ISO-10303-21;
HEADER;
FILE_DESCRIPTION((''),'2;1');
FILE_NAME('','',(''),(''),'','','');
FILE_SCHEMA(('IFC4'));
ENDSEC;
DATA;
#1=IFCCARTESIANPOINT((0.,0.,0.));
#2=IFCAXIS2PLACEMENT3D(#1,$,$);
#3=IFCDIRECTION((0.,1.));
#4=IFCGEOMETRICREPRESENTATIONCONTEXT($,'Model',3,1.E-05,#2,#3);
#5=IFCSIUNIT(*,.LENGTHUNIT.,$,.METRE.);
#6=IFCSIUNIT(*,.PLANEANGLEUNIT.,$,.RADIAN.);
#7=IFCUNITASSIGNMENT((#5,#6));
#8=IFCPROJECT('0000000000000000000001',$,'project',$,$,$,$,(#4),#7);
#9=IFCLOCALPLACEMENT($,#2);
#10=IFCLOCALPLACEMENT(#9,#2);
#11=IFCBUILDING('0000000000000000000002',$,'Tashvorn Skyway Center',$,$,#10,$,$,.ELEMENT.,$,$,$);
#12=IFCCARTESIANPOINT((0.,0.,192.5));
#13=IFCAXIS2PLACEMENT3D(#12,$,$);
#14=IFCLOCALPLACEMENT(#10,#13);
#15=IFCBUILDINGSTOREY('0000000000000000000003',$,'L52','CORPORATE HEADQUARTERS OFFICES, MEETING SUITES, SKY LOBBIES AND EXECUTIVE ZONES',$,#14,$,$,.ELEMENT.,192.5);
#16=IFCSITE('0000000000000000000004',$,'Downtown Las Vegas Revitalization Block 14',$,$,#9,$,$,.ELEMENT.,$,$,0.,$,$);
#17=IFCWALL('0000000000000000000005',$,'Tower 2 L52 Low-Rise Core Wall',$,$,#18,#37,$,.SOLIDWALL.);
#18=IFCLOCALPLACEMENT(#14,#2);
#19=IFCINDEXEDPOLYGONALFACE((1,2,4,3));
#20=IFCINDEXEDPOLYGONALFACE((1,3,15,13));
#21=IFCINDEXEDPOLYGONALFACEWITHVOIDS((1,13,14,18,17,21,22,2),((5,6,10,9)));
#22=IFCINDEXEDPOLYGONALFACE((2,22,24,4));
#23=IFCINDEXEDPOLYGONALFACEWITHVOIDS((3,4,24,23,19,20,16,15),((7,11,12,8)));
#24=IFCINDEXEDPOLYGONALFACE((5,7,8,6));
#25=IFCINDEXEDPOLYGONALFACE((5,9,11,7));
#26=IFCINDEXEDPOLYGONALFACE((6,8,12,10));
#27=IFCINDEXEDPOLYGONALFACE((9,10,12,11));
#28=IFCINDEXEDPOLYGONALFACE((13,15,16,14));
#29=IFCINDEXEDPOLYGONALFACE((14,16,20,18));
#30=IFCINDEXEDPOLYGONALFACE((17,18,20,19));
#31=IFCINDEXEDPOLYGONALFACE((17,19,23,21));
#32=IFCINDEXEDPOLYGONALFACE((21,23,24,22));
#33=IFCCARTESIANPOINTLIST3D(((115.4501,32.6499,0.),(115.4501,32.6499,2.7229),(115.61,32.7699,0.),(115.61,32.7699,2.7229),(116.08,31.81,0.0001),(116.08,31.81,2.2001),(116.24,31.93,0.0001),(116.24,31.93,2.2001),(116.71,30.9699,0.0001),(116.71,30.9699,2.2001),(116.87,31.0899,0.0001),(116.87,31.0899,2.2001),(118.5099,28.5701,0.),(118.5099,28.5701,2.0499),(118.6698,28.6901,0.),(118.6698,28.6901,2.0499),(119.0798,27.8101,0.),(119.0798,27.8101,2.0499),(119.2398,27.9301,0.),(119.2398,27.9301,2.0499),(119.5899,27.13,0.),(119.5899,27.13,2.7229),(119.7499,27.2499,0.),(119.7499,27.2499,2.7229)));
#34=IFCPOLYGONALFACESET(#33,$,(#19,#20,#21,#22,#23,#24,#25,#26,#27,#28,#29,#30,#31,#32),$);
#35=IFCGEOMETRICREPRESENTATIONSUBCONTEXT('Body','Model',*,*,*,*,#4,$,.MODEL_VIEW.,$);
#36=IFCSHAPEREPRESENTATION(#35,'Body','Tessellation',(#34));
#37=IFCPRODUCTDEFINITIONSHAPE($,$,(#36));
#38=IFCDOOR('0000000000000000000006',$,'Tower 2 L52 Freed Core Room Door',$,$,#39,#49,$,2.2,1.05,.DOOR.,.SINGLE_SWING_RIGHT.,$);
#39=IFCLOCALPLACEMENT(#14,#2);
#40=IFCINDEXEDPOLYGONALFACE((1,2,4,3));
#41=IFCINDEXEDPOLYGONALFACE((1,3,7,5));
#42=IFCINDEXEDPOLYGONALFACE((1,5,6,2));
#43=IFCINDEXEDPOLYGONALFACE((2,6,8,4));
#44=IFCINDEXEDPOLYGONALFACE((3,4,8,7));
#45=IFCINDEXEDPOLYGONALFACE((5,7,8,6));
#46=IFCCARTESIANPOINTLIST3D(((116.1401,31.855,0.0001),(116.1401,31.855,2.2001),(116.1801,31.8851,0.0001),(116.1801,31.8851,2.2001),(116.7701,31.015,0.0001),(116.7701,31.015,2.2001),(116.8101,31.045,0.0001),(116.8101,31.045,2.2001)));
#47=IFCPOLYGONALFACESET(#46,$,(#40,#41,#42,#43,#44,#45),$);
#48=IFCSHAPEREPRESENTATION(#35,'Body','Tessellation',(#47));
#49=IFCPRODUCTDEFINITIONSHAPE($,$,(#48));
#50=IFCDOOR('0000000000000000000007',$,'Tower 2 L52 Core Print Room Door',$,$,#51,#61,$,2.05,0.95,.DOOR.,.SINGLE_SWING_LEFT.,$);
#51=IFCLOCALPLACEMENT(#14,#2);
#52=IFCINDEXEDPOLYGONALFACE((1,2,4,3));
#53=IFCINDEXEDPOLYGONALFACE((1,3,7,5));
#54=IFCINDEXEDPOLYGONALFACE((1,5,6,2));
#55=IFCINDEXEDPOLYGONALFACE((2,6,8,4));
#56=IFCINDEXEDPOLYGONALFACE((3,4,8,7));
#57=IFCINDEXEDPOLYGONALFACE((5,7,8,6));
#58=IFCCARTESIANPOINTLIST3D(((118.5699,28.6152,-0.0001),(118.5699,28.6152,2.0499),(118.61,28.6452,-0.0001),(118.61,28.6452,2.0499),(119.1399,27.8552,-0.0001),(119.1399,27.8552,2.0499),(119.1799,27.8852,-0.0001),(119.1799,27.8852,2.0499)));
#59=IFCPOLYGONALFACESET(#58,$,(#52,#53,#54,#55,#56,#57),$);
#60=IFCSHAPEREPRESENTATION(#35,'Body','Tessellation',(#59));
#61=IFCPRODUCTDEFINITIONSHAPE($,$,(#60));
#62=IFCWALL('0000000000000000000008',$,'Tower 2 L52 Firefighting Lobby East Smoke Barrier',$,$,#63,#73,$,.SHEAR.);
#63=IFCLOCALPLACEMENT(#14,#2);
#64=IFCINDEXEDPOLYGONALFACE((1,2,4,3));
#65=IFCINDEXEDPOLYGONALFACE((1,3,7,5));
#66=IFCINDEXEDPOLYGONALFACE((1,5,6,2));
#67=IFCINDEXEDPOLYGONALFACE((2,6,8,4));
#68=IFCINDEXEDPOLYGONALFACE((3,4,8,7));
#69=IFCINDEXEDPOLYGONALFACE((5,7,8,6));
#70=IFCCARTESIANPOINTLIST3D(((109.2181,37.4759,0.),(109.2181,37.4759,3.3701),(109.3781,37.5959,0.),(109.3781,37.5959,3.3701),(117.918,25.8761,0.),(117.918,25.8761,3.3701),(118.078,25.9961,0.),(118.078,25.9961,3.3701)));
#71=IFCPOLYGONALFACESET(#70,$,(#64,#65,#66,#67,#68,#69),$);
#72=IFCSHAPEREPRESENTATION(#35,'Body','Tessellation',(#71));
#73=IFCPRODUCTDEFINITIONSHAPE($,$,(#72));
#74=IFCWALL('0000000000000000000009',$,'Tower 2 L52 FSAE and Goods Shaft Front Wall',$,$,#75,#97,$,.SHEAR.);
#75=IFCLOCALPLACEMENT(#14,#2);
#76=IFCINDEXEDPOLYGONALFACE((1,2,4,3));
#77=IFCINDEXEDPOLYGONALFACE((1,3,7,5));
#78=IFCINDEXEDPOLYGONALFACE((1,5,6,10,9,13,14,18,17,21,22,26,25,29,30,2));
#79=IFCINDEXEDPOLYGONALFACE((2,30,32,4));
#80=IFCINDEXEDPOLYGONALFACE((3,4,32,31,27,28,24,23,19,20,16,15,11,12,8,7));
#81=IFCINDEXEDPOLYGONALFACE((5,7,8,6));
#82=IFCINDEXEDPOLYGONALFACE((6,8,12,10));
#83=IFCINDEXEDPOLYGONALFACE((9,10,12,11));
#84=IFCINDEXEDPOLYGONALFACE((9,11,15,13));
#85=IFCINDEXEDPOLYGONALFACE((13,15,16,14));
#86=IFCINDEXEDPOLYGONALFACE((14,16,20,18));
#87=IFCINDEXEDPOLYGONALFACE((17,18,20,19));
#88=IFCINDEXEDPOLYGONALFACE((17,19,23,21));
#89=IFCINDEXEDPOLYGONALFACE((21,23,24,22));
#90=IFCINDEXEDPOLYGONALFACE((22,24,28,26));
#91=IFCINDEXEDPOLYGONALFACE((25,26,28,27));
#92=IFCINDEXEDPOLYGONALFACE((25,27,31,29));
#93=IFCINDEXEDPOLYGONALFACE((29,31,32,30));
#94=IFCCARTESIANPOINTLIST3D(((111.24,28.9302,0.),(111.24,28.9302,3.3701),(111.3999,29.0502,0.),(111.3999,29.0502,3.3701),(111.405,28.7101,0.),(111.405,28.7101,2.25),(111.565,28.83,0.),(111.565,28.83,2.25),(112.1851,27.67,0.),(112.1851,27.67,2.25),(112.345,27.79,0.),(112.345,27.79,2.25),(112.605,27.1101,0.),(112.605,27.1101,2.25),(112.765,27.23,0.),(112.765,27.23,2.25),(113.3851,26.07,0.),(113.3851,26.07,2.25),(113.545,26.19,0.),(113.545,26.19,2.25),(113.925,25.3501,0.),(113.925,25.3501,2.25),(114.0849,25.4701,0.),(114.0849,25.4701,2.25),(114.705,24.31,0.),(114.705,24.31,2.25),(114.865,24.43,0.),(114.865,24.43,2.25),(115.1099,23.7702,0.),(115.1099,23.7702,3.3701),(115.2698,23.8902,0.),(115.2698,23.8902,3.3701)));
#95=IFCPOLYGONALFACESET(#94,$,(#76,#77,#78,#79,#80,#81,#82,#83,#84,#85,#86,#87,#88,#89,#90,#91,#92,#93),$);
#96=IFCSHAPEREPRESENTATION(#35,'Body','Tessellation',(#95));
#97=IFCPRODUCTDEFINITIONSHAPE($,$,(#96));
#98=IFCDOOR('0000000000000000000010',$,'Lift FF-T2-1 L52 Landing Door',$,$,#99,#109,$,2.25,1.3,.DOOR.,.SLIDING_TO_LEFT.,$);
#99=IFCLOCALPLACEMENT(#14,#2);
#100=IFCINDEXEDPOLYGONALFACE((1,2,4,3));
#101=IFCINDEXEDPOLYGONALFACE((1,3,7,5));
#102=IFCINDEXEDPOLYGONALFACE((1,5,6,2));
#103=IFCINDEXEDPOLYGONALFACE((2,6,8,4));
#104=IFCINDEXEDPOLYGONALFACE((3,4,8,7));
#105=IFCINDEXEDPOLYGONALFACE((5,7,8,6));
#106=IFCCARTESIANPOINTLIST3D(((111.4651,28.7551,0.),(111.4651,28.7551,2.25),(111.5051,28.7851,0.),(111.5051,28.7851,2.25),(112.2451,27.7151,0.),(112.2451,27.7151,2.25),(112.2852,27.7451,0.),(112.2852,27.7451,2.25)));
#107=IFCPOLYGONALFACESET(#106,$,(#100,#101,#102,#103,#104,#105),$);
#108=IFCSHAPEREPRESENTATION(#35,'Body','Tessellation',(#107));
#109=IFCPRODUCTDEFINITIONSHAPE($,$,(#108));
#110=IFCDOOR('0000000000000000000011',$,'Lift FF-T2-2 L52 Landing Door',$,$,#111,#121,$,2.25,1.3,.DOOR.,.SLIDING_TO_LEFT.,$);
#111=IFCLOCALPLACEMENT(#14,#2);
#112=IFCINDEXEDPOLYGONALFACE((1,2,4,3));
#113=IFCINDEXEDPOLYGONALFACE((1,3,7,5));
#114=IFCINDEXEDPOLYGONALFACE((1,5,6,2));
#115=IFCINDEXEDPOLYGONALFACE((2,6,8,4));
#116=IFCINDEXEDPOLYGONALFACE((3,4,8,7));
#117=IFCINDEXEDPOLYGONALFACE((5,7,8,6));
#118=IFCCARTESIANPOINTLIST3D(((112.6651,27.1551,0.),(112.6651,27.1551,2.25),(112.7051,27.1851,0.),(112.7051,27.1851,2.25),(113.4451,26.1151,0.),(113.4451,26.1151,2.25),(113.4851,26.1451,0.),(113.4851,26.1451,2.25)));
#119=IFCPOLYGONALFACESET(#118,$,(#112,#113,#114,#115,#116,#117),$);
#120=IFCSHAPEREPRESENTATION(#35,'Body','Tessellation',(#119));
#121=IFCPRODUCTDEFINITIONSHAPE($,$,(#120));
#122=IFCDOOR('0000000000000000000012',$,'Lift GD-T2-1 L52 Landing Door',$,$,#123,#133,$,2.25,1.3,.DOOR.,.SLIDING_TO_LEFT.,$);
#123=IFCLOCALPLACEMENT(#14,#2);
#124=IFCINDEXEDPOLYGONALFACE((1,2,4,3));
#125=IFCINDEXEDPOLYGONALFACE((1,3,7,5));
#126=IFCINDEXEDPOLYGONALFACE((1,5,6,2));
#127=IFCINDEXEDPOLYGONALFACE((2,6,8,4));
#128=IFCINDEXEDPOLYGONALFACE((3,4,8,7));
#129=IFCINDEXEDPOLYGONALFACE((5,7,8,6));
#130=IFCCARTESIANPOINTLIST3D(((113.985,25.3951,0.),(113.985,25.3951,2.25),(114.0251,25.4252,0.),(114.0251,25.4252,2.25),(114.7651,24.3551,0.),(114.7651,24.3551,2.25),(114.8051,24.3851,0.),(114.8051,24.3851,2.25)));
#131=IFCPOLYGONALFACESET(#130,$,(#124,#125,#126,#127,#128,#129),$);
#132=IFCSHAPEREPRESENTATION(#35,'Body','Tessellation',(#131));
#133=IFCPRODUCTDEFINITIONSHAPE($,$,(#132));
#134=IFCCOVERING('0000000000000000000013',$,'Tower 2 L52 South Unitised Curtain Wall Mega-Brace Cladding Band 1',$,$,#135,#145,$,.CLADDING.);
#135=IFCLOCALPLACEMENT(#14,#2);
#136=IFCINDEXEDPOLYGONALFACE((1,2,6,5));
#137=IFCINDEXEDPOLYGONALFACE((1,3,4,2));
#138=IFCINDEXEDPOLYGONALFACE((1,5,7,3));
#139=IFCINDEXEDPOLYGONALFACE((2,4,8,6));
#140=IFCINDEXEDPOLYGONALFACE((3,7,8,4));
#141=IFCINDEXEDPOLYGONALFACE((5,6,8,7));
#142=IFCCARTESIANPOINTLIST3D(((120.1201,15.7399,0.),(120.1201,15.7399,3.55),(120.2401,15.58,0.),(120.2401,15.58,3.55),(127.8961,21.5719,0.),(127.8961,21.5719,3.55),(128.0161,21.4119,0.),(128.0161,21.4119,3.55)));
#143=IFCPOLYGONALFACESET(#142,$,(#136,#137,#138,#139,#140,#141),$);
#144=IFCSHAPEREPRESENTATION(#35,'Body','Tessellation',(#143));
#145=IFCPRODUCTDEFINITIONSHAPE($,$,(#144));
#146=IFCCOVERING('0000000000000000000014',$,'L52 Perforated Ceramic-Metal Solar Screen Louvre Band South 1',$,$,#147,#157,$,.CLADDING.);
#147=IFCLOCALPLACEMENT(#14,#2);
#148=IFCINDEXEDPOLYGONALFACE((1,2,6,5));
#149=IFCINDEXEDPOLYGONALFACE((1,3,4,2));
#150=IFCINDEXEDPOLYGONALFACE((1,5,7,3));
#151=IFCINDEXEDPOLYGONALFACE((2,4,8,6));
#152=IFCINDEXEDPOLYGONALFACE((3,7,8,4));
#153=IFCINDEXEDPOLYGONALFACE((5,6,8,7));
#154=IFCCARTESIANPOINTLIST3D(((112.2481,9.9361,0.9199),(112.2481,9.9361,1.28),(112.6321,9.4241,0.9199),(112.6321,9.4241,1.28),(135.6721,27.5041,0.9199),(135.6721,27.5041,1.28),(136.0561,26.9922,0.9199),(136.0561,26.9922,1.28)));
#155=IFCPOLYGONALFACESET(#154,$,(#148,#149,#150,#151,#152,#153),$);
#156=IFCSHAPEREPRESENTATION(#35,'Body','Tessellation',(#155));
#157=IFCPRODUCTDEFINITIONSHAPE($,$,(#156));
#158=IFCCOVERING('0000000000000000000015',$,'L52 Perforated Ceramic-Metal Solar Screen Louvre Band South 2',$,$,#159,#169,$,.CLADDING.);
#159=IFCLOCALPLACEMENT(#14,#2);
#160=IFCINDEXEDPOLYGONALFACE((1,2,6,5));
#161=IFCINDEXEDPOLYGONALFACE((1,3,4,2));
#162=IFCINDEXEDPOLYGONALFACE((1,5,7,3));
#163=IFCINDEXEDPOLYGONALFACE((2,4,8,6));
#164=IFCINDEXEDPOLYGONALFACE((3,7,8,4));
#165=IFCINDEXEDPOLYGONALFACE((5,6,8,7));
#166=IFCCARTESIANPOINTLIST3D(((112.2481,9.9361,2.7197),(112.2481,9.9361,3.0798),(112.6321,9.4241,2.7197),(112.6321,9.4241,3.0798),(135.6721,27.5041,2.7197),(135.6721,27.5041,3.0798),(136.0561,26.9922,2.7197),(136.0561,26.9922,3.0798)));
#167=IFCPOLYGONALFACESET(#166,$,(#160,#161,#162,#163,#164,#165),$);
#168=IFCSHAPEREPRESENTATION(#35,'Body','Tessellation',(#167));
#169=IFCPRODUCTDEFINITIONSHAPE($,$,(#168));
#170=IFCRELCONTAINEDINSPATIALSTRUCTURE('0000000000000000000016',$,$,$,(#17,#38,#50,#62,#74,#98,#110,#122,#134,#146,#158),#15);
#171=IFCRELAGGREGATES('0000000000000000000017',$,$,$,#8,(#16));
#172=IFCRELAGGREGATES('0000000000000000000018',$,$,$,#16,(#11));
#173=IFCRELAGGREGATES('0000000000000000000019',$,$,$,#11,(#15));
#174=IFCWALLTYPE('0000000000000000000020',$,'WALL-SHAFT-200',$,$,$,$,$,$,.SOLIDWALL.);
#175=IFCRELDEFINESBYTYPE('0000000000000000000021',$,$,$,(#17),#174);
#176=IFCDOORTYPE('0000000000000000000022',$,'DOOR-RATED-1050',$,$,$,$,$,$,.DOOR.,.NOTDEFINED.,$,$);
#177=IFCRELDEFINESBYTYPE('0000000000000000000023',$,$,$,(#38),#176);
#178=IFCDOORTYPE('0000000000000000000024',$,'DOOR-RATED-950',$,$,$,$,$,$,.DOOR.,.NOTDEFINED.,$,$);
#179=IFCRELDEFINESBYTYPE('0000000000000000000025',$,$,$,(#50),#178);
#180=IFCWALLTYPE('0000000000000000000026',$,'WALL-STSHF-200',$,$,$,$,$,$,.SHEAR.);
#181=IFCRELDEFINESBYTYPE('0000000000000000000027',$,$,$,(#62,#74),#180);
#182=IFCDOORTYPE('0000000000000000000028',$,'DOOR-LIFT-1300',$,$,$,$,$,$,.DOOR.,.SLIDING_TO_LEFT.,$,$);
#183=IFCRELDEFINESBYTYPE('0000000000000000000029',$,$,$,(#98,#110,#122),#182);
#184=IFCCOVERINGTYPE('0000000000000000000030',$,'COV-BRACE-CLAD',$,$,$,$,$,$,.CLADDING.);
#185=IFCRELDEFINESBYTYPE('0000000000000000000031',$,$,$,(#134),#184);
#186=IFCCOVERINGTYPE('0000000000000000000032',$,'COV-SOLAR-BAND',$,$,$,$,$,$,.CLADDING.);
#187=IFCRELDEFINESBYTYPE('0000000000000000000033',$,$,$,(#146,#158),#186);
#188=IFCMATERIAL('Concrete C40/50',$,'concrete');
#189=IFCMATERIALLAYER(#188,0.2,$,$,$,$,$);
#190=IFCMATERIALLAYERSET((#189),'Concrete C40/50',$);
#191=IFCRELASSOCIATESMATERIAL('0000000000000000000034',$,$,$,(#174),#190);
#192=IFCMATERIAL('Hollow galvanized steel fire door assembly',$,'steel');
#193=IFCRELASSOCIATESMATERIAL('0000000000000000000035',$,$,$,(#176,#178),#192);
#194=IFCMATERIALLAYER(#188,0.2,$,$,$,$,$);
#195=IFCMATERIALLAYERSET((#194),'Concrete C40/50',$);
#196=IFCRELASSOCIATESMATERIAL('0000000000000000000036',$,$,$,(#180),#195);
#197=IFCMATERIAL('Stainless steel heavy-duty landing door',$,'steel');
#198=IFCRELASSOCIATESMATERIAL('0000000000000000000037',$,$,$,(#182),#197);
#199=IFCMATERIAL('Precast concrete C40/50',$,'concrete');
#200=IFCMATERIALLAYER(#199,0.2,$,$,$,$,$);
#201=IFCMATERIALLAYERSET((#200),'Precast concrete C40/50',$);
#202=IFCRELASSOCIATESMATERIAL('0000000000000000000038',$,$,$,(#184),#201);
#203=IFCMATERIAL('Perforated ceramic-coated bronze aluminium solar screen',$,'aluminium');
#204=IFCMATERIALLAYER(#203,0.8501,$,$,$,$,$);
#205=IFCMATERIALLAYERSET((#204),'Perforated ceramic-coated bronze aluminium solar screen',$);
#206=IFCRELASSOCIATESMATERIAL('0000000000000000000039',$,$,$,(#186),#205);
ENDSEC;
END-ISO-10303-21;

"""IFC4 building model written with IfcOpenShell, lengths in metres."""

from ifc_helpers import new_model, si_unit, direction, frame, frame_2d, origin, origin_2d, place, context, subcontext, project, spatial, rectangle, extrude, material, layer, layer_set, type_object, element, fill, save


model = new_model("IFC4")

# Units and contexts
model_context = context("Model", 3, precision=1e-05, world=origin(), true_north=direction((0.0, 1.0)))
body_context = subcontext(model_context, "Body", "Model", "MODEL_VIEW")
ifc_project = project(units=[si_unit("LENGTHUNIT", "METRE"), si_unit("PLANEANGLEUNIT", "RADIAN")], contexts=[model_context])

# Site, building, storey
site_placement = place(None, origin())
site = spatial("IfcSite", under=ifc_project, at=site_placement, Name="Downtown Las Vegas Revitalization Block 14", CompositionType="ELEMENT", RefElevation=0.0)
building_placement = place(site_placement, origin())
building = spatial("IfcBuilding", under=site, at=building_placement, Name="Tashvorn Skyway Center", CompositionType="ELEMENT")
storey_placement = place(building_placement, frame((0.0, 0.0, 192.5)))
storey = spatial("IfcBuildingStorey", under=building, at=storey_placement, Name="L52", Description="CORPORATE HEADQUARTERS OFFICES, MEETING SUITES, SKY LOBBIES AND EXECUTIVE ZONES", CompositionType="ELEMENT", Elevation=192.5)

# Shared definitions
ifc_material_1 = material(Name="Precast concrete C40/50", Category="concrete")

# Shared definitions
ifc_material_2 = material(Name="Concrete C40/50", Category="concrete")
ifc_material_3 = material(Name="Hollow galvanized steel fire door assembly", Category="steel")

# Wall, openings, doors
ifc_layer_1 = layer(ifc_material_2, 0.2)
ifc_layer_set_1 = layer_set([ifc_layer_1], Name="Concrete C40/50")
wall_type_1 = type_object("IfcWallType", Name="WALL-SHAFT-200", PredefinedType="SOLIDWALL", material=ifc_layer_set_1)
wall_1_placement = place(storey_placement, frame((119.6699, 27.1899, 0.0), z_axis=(0.0, 0.0, 1.0), x_axis=(-0.599989, 0.800008, 0.0)))
wall_1 = element("IfcWall", 1, at=wall_1_placement, inside=storey, type_object=wall_type_1, Name="Tower 2 L52 Low-Rise Core Wall", PredefinedType="SOLIDWALL", context=body_context, shape_type="SweptSolid", body=[
    extrude(rectangle(XDim=6.8999, YDim=0.2, at=frame_2d((3.45, 0.0))), origin(), (0.0, 0.0, 1.0), 2.7229),
])
opening_1_placement = place(wall_1_placement, frame((0.8501, 0.0, 0.0)))
opening_1 = element("IfcOpeningElement", 2, at=opening_1_placement, cuts=wall_1, PredefinedType="OPENING", context=body_context, shape_type="SweptSolid", body=[
    extrude(rectangle(XDim=0.95, YDim=2.05, at=frame_2d((0.4751, 1.0249))), frame((0.0, 0.1099, 0.0), z_axis=(0.0, -1.0, 0.0), x_axis=(1.0, 0.0, 0.0)), (0.0, 0.0, 1.0), 0.22),
])
opening_2_placement = place(wall_1_placement, frame((4.8, 0.0, 0.0)))
opening_2 = element("IfcOpeningElement", 3, at=opening_2_placement, cuts=wall_1, PredefinedType="OPENING", context=body_context, shape_type="SweptSolid", body=[
    extrude(rectangle(XDim=1.05, YDim=2.2, at=frame_2d((0.5249, 1.1001))), frame((0.0, 0.1099, 0.0), z_axis=(0.0, -1.0, 0.0), x_axis=(1.0, 0.0, 0.0)), (0.0, 0.0, 1.0), 0.22),
])
door_type_1 = type_object("IfcDoorType", Name="DOOR-RATED-1050", OperationType="NOTDEFINED", PredefinedType="DOOR", material=ifc_material_3)
door_1_placement = place(opening_2_placement, origin())
door_1 = element("IfcDoor", 4, at=door_1_placement, inside=storey, type_object=door_type_1, Name="Tower 2 L52 Freed Core Room Door", OperationType="SINGLE_SWING_RIGHT", OverallHeight=2.2, OverallWidth=1.05, PredefinedType="DOOR", context=body_context, shape_type="SweptSolid", body=[
    extrude(rectangle(XDim=1.05, YDim=2.2, at=frame_2d((0.5249, 1.1001))), frame((0.0, 0.0249, 0.0), z_axis=(0.0, -1.0, 0.0), x_axis=(1.0, 0.0, 0.0)), (0.0, 0.0, 1.0), 0.05),
])
fill(opening_2, door_1)
door_type_2 = type_object("IfcDoorType", Name="DOOR-RATED-950", OperationType="NOTDEFINED", PredefinedType="DOOR", material=ifc_material_3)
door_2_placement = place(opening_1_placement, origin())
door_2 = element("IfcDoor", 5, at=door_2_placement, inside=storey, type_object=door_type_2, Name="Tower 2 L52 Core Print Room Door", OperationType="SINGLE_SWING_LEFT", OverallHeight=2.05, OverallWidth=0.95, PredefinedType="DOOR", context=body_context, shape_type="SweptSolid", body=[
    extrude(rectangle(XDim=0.95, YDim=2.05, at=frame_2d((0.4751, 1.0249))), frame((0.0, 0.0249, 0.0), z_axis=(0.0, -1.0, 0.0), x_axis=(1.0, 0.0, 0.0)), (0.0, 0.0, 1.0), 0.05),
])
fill(opening_1, door_2)

# Wall
ifc_layer_2 = layer(ifc_material_2, 0.2)
ifc_layer_set_2 = layer_set([ifc_layer_2], Name="Concrete C40/50")
wall_type_2 = type_object("IfcWallType", Name="WALL-STSHF-200", PredefinedType="SHEAR", material=ifc_layer_set_2)
wall_2_placement = place(storey_placement, frame((117.998, 25.936, 0.0), z_axis=(0.0, 0.0, 1.0), x_axis=(-0.600003, 0.799998, 0.0)))
element("IfcWall", 6, at=wall_2_placement, inside=storey, type_object=wall_type_2, Name="Tower 2 L52 Firefighting Lobby East Smoke Barrier", PredefinedType="SHEAR", context=body_context, shape_type="SweptSolid", body=[
    extrude(rectangle(XDim=14.4998, YDim=0.2, at=frame_2d((7.25, 0.0))), origin(), (0.0, 0.0, 1.0), 3.3701),
])

# Wall, openings, doors
wall_3_placement = place(storey_placement, frame((115.1899, 23.8301, 0.0), z_axis=(0.0, 0.0, 1.0), x_axis=(-0.599994, 0.800005, 0.0)))
wall_3 = element("IfcWall", 7, at=wall_3_placement, inside=storey, type_object=wall_type_2, Name="Tower 2 L52 FSAE and Goods Shaft Front Wall", PredefinedType="SHEAR", context=body_context, shape_type="SweptSolid", body=[
    extrude(rectangle(XDim=6.45, YDim=0.2, at=frame_2d((3.2251, 0.0))), origin(), (0.0, 0.0, 1.0), 3.3701),
])
opening_3_placement = place(wall_3_placement, frame((4.875, 0.0, 0.0)))
opening_3 = element("IfcOpeningElement", 8, at=opening_3_placement, cuts=wall_3, PredefinedType="OPENING", context=body_context, shape_type="SweptSolid", body=[
    extrude(rectangle(XDim=1.3, YDim=2.25, at=frame_2d((0.6499, 1.125))), frame((0.0, 0.1099, 0.0), z_axis=(0.0, -1.0, 0.0), x_axis=(1.0, 0.0, 0.0)), (0.0, 0.0, 1.0), 0.22),
])
opening_4_placement = place(wall_3_placement, frame((2.875, 0.0, 0.0)))
opening_4 = element("IfcOpeningElement", 9, at=opening_4_placement, cuts=wall_3, PredefinedType="OPENING", context=body_context, shape_type="SweptSolid", body=[
    extrude(rectangle(XDim=1.3, YDim=2.25, at=frame_2d((0.6499, 1.125))), frame((0.0, 0.1099, 0.0), z_axis=(0.0, -1.0, 0.0), x_axis=(1.0, 0.0, 0.0)), (0.0, 0.0, 1.0), 0.22),
])
opening_5_placement = place(wall_3_placement, frame((0.675, 0.0, 0.0)))
opening_5 = element("IfcOpeningElement", 10, at=opening_5_placement, cuts=wall_3, PredefinedType="OPENING", context=body_context, shape_type="SweptSolid", body=[
    extrude(rectangle(XDim=1.3, YDim=2.25, at=frame_2d((0.6499, 1.125))), frame((0.0, 0.1099, 0.0), z_axis=(0.0, -1.0, 0.0), x_axis=(1.0, 0.0, 0.0)), (0.0, 0.0, 1.0), 0.22),
])
ifc_material_4 = material(Name="Stainless steel heavy-duty landing door", Category="steel")
door_type_3 = type_object("IfcDoorType", Name="DOOR-LIFT-1300", OperationType="SLIDING_TO_LEFT", PredefinedType="DOOR", material=ifc_material_4)
door_3_placement = place(opening_3_placement, origin())
door_3 = element("IfcDoor", 11, at=door_3_placement, inside=storey, type_object=door_type_3, Name="Lift FF-T2-1 L52 Landing Door", OperationType="SLIDING_TO_LEFT", OverallHeight=2.25, OverallWidth=1.3, PredefinedType="DOOR", context=body_context, shape_type="SweptSolid", body=[
    extrude(rectangle(XDim=1.3, YDim=2.25, at=frame_2d((0.6499, 1.125))), frame((0.0, 0.0249, 0.0), z_axis=(0.0, -1.0, 0.0), x_axis=(1.0, 0.0, 0.0)), (0.0, 0.0, 1.0), 0.05),
])
fill(opening_3, door_3)
door_4_placement = place(opening_4_placement, origin())
door_4 = element("IfcDoor", 12, at=door_4_placement, inside=storey, type_object=door_type_3, Name="Lift FF-T2-2 L52 Landing Door", OperationType="SLIDING_TO_LEFT", OverallHeight=2.25, OverallWidth=1.3, PredefinedType="DOOR", context=body_context, shape_type="SweptSolid", body=[
    extrude(rectangle(XDim=1.3, YDim=2.25, at=frame_2d((0.6499, 1.125))), frame((0.0, 0.0249, 0.0), z_axis=(0.0, -1.0, 0.0), x_axis=(1.0, 0.0, 0.0)), (0.0, 0.0, 1.0), 0.05),
])
fill(opening_4, door_4)
door_5_placement = place(opening_5_placement, origin())
door_5 = element("IfcDoor", 13, at=door_5_placement, inside=storey, type_object=door_type_3, Name="Lift GD-T2-1 L52 Landing Door", OperationType="SLIDING_TO_LEFT", OverallHeight=2.25, OverallWidth=1.3, PredefinedType="DOOR", context=body_context, shape_type="SweptSolid", body=[
    extrude(rectangle(XDim=1.3, YDim=2.25, at=frame_2d((0.6499, 1.125))), frame((0.0, 0.0249, 0.0), z_axis=(0.0, -1.0, 0.0), x_axis=(1.0, 0.0, 0.0)), (0.0, 0.0, 1.0), 0.05),
])
fill(opening_5, door_5)

# Coverings
ifc_layer_3 = layer(ifc_material_1, 0.2)
ifc_layer_set_3 = layer_set([ifc_layer_3], Name="Precast concrete C40/50")
covering_type_1 = type_object("IfcCoveringType", Name="COV-BRACE-CLAD", PredefinedType="CLADDING", material=ifc_layer_set_3)
covering_placement = place(storey_placement, frame((124.0681, 18.5759, 0.0), z_axis=(0.0, 0.0, 1.0), x_axis=(-0.8, -0.6, 0.0)))
element("IfcCovering", 14, at=covering_placement, inside=storey, type_object=covering_type_1, Name="Tower 2 L52 South Unitised Curtain Wall Mega-Brace Cladding Band 1", PredefinedType="CLADDING", context=body_context, shape_type="SweptSolid", body=[
    extrude(rectangle(XDim=9.72, YDim=0.2, at=origin_2d()), origin(), (0.0, 0.0, 1.0), 3.55),
])
ifc_material_5 = material(Name="Perforated ceramic-coated bronze aluminium solar screen", Category="aluminium")
ifc_layer_4 = layer(ifc_material_5, 0.8501)
ifc_layer_set_4 = layer_set([ifc_layer_4], Name="Perforated ceramic-coated bronze aluminium solar screen")
covering_type_2 = type_object("IfcCoveringType", Name="COV-SOLAR-BAND", PredefinedType="CLADDING", material=ifc_layer_set_4)
for number, where, z_axis, x_axis, name in (
    (15, (124.1521, 18.4641, 0.9199), (0.0, 0.0, 1.0), (-0.8, -0.6, 0.0), "L52 Perforated Ceramic-Metal Solar Screen Louvre Band South 1"),
    (16, (124.1521, 18.4641, 2.7197), (0.0, 0.0, 1.0), (-0.8, -0.6, 0.0), "L52 Perforated Ceramic-Metal Solar Screen Louvre Band South 2"),
):
    element("IfcCovering", number, at=place(storey_placement, frame(where, z_axis=z_axis, x_axis=x_axis)), inside=storey, type_object=covering_type_2, Name=name, PredefinedType="CLADDING", context=body_context, shape_type="SweptSolid", body=[
        extrude(rectangle(XDim=29.28, YDim=0.6399, at=origin_2d()), origin(), (0.0, 0.0, 1.0), 0.3601),
    ])

save(model, "model.ifc")
